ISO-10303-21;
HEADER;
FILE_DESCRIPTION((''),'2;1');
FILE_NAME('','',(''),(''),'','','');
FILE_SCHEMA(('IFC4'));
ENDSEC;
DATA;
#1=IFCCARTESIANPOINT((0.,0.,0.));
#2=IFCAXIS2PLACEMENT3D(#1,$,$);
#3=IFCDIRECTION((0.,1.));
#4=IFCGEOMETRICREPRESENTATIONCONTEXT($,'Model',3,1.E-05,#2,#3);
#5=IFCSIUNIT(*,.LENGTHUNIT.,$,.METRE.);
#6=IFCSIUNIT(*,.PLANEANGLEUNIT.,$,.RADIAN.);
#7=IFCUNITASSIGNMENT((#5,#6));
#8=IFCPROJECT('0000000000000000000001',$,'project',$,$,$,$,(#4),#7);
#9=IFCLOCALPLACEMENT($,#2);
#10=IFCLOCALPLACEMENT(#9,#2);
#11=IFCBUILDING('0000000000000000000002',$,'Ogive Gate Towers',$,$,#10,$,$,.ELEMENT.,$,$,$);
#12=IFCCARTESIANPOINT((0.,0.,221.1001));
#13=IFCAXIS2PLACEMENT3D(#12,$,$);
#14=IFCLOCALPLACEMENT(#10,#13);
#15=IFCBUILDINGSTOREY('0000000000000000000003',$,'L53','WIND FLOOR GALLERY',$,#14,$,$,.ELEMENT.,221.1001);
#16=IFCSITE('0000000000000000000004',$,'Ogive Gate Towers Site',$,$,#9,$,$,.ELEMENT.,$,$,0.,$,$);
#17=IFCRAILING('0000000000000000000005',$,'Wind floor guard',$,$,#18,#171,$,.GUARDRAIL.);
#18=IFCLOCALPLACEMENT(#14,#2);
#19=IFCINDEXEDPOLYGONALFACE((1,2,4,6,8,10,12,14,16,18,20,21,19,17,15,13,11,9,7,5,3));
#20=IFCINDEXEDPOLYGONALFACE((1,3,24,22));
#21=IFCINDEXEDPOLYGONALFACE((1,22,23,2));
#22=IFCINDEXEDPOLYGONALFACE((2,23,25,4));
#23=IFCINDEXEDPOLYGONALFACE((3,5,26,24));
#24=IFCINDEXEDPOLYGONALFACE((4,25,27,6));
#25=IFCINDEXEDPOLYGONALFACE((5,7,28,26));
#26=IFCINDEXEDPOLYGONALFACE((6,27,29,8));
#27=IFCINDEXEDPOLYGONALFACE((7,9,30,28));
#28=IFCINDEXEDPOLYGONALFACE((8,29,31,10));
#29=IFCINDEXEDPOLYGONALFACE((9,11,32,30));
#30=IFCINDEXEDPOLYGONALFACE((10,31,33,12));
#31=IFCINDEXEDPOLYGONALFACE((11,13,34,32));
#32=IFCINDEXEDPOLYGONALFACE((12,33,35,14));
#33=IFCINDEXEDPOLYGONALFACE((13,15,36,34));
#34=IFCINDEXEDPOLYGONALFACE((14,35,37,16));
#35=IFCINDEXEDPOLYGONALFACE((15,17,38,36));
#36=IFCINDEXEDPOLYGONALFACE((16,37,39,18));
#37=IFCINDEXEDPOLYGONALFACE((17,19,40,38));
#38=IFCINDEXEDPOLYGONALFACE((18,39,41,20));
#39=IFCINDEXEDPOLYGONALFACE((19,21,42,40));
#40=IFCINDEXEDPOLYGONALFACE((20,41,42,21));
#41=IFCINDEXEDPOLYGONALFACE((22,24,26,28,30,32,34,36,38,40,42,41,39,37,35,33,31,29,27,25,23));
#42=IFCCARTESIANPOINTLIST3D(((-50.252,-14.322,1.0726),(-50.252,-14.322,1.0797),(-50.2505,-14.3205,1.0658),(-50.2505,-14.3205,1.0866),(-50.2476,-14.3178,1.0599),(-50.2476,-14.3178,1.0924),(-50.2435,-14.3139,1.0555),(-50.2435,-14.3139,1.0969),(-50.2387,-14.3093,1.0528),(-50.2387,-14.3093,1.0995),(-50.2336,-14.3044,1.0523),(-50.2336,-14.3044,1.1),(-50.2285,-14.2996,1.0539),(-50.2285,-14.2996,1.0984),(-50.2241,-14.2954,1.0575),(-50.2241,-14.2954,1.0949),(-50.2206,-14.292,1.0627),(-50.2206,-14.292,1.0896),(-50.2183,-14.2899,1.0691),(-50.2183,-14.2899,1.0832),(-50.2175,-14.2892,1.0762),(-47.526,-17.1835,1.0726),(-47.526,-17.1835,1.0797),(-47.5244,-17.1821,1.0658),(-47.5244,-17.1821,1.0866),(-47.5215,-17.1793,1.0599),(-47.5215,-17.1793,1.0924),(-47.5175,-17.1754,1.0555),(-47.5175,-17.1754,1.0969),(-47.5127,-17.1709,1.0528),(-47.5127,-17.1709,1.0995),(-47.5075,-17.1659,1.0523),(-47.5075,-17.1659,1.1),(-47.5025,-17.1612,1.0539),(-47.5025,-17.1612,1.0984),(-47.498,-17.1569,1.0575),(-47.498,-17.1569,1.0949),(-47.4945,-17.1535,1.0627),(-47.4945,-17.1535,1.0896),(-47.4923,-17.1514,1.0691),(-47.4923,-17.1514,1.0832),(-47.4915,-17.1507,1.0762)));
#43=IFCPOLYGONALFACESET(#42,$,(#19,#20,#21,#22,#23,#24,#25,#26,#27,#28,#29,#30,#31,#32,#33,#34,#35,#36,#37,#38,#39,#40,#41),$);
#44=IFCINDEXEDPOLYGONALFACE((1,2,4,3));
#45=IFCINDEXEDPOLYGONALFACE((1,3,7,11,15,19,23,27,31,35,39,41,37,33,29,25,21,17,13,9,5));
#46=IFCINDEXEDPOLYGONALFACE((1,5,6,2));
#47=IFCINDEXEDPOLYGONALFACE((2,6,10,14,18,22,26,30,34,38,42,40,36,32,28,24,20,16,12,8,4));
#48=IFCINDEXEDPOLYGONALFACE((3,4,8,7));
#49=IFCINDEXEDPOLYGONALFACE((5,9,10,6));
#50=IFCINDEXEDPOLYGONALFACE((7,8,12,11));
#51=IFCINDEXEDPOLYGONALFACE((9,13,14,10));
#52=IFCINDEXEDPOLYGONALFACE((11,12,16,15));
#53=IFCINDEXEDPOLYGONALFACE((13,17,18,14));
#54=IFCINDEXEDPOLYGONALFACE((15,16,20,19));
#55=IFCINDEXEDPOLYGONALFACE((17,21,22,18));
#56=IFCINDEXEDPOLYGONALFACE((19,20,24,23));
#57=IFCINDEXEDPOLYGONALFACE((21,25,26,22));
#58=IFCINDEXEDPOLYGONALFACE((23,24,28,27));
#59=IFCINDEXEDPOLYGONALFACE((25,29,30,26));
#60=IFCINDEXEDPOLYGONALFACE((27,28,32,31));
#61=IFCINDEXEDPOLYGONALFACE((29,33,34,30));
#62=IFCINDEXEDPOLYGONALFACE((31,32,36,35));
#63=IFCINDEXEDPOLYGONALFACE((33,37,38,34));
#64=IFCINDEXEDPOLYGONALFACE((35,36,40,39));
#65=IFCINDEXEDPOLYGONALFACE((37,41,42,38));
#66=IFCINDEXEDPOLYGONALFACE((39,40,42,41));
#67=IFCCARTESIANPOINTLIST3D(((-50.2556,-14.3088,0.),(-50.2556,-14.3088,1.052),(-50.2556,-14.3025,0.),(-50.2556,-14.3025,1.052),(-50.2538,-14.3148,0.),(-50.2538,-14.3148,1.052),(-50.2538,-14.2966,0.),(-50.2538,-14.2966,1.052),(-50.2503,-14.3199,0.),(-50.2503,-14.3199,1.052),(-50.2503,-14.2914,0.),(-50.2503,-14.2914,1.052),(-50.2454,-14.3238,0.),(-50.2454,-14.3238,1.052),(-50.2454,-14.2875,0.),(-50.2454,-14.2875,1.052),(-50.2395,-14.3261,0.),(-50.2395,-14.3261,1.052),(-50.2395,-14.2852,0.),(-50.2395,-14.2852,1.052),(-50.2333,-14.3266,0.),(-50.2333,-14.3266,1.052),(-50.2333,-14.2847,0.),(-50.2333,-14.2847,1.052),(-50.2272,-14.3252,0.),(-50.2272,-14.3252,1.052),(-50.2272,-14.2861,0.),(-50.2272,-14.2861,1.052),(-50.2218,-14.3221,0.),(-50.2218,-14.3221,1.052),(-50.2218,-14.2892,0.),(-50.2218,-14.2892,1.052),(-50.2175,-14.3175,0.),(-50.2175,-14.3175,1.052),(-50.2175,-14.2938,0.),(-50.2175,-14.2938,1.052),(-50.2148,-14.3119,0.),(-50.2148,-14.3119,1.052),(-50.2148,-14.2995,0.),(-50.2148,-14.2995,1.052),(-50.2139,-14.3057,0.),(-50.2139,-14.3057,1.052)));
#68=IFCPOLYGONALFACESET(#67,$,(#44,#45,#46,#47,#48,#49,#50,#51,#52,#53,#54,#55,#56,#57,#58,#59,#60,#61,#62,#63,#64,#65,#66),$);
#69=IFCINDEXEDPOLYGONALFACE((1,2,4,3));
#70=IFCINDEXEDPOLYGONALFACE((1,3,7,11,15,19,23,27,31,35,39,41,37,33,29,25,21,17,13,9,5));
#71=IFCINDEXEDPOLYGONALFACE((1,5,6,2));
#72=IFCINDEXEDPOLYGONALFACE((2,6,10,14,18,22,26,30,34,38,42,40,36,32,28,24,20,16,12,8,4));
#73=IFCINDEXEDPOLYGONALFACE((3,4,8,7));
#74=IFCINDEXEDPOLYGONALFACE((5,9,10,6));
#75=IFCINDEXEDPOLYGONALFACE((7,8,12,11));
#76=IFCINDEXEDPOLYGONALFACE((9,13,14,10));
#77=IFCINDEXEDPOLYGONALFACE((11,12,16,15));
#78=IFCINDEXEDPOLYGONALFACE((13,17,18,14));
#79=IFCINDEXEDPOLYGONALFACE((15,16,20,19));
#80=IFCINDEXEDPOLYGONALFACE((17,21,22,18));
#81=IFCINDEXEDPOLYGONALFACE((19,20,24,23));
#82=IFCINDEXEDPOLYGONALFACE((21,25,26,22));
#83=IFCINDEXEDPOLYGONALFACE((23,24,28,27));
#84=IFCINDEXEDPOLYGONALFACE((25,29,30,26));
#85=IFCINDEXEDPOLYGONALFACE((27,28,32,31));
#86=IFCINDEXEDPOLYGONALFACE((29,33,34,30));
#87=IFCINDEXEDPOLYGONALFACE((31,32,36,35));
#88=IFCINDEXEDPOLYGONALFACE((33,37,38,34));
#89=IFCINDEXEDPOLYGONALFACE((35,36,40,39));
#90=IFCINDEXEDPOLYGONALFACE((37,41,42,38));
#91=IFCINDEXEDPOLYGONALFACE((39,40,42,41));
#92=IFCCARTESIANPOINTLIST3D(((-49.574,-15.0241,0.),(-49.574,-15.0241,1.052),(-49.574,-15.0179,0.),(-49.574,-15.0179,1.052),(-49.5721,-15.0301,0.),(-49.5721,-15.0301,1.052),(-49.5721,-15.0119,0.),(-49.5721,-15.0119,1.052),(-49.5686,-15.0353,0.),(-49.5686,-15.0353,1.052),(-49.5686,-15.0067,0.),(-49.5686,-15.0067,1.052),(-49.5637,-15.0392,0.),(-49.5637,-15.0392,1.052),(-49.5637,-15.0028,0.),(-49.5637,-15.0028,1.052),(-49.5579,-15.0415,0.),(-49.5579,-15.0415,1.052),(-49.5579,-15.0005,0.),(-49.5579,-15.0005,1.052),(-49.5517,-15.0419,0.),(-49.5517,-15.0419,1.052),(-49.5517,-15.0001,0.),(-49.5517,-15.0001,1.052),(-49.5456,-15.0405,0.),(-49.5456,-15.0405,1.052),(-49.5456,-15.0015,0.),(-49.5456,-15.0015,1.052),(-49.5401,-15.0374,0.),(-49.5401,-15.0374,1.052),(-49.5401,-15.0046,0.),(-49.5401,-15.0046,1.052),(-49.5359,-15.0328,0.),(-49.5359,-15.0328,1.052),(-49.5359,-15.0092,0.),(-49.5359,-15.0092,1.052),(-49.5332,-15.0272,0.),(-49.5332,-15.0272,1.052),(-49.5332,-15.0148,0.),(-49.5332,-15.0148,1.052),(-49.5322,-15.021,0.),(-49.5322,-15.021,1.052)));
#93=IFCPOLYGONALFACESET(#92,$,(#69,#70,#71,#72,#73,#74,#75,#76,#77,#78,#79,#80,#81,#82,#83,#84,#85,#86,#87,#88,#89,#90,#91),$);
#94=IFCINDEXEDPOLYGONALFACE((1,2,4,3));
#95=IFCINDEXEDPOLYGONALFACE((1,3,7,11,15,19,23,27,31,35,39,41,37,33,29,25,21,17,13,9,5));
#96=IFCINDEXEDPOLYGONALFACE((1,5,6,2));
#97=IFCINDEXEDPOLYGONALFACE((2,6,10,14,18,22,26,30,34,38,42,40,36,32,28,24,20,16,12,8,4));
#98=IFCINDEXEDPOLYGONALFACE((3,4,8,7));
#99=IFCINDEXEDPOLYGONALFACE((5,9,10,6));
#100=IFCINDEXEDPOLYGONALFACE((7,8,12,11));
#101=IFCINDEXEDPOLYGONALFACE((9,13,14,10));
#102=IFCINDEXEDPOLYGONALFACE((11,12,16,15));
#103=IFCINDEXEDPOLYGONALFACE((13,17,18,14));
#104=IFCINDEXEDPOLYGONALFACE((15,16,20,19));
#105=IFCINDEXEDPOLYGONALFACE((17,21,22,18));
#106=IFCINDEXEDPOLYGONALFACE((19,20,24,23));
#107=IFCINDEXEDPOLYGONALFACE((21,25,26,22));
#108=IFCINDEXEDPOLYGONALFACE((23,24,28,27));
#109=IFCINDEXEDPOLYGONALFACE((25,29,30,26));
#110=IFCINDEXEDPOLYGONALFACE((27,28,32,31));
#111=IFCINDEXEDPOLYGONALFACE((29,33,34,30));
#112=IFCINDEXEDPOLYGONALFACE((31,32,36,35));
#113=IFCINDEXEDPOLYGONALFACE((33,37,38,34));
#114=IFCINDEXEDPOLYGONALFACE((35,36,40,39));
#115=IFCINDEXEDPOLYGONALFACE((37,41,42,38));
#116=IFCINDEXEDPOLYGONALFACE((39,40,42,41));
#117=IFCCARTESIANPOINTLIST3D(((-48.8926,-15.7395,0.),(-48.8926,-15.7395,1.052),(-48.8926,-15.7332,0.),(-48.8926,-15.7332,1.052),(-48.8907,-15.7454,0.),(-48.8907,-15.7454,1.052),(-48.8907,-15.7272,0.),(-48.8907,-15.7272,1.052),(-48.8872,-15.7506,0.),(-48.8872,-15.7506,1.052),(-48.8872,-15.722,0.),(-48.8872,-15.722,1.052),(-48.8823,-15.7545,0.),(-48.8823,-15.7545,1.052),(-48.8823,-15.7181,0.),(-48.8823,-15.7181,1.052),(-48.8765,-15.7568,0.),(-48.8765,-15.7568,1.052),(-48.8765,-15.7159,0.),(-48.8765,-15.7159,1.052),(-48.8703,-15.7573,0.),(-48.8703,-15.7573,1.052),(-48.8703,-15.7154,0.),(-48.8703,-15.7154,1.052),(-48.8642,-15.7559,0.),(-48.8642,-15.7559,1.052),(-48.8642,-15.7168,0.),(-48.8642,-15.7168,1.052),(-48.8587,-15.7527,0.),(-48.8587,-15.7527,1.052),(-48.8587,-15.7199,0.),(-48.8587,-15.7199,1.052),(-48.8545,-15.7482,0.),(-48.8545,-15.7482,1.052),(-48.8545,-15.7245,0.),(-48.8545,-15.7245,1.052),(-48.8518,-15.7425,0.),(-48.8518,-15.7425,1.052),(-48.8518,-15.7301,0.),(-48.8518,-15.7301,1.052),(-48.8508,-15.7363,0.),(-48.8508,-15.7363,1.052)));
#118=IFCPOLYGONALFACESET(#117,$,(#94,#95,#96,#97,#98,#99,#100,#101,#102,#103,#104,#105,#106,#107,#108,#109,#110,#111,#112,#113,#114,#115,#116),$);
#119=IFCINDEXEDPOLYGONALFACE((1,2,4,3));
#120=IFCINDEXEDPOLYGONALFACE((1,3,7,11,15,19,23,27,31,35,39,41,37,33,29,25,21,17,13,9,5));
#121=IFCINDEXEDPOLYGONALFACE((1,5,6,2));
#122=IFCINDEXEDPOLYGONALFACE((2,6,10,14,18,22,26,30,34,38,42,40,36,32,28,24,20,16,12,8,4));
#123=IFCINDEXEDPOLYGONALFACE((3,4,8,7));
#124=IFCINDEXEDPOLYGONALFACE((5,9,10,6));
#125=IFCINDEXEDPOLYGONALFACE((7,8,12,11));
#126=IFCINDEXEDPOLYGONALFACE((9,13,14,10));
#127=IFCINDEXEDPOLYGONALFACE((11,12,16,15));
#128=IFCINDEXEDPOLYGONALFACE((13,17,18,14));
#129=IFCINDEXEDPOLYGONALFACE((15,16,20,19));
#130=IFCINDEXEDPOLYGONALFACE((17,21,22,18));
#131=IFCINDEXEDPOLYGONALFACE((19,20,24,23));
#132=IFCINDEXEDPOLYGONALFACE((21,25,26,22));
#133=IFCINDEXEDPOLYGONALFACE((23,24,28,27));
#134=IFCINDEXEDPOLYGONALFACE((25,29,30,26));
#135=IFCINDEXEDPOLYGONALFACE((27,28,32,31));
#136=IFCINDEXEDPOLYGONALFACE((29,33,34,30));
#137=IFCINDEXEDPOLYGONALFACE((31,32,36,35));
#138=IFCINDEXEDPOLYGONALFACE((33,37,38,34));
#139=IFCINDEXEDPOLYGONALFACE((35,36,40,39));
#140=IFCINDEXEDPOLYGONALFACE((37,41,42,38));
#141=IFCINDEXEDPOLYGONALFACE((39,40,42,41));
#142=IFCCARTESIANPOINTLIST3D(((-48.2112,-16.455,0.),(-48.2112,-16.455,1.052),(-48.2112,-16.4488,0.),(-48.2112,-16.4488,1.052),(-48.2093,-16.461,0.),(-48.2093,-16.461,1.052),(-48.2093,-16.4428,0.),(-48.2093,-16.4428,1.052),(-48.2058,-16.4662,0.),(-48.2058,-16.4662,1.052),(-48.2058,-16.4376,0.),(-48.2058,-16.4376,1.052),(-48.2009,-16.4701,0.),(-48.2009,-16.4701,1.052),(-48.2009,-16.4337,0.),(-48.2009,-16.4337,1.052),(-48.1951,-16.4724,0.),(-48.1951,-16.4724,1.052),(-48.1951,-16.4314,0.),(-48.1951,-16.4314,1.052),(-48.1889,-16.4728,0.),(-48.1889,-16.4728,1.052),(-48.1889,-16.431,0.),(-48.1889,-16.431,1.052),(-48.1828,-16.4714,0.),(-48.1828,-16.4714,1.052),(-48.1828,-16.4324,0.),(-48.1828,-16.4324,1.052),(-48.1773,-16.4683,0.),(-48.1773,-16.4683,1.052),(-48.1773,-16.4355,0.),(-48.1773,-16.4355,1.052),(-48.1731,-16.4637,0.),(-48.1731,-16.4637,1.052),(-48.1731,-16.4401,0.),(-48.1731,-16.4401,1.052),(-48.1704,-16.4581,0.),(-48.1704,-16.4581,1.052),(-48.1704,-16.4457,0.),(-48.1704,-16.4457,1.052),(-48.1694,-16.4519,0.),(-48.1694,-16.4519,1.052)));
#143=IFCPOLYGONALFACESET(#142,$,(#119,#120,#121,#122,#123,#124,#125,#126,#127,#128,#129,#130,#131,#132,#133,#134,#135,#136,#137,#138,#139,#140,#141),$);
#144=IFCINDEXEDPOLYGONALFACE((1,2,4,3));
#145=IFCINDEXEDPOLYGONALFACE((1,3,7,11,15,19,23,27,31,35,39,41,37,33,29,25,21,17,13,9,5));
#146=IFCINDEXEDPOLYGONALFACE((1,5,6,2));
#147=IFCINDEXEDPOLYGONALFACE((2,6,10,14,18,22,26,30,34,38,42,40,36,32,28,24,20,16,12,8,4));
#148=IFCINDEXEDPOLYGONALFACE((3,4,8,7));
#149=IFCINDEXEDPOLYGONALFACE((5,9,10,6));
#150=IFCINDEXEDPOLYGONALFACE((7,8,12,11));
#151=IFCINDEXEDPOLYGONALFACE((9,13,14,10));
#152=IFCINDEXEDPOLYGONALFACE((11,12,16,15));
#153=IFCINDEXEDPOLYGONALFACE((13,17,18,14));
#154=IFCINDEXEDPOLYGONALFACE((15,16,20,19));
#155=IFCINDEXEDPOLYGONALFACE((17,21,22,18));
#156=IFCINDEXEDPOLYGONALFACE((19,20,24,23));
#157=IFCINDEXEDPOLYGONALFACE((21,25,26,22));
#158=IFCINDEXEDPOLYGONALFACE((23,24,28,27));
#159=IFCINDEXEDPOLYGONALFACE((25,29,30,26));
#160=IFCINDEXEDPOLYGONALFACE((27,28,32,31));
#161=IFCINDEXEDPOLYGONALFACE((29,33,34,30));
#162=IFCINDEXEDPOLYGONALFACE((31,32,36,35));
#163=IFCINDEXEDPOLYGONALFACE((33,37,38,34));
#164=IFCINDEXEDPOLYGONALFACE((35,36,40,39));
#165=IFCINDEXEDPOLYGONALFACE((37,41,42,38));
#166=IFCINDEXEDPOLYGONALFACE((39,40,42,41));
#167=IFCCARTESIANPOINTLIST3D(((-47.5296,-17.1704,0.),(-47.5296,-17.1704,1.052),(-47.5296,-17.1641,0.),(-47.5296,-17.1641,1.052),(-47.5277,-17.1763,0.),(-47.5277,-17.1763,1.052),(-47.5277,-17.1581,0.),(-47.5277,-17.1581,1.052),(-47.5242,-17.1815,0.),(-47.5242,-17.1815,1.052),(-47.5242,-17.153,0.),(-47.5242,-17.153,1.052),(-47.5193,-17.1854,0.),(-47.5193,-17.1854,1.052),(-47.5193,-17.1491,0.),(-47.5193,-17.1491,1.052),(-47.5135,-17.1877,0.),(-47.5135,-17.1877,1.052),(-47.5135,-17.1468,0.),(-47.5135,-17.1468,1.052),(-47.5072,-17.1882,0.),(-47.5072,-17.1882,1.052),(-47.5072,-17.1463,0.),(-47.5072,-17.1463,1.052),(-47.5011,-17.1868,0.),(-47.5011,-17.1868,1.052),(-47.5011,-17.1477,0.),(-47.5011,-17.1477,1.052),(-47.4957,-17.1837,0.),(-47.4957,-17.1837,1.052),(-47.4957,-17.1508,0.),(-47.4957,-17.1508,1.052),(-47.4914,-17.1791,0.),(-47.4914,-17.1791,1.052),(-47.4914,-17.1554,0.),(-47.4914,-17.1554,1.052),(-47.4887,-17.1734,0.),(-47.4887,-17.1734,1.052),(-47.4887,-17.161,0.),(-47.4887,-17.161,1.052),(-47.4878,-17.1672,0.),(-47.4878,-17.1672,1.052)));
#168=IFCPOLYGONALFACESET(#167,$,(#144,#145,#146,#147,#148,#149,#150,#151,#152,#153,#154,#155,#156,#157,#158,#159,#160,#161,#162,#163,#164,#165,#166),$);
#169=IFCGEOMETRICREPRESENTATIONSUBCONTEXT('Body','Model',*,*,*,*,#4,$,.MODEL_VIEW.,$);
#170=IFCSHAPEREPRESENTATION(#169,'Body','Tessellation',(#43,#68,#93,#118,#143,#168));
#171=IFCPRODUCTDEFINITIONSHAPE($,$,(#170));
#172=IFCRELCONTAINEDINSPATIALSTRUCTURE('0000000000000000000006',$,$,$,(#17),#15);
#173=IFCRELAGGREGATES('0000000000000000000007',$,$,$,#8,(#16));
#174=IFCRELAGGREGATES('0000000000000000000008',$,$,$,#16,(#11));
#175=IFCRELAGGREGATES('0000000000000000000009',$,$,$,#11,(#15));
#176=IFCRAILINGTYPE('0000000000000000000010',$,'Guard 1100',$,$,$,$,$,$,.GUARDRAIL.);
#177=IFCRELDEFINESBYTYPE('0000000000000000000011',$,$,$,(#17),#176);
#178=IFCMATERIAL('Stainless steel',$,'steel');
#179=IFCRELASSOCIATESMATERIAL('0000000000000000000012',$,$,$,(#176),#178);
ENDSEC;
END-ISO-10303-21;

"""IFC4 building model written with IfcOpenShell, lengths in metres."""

from ifc_helpers import new_model, si_unit, direction, frame, origin, origin_2d, place, context, subcontext, project, spatial, circle, extrude, material, type_object, element, save


model = new_model("IFC4")

# Units and contexts
model_context = context("Model", 3, precision=1e-05, world=origin(), true_north=direction((0.0, 1.0)))
body_context = subcontext(model_context, "Body", "Model", "MODEL_VIEW")
ifc_project = project(units=[si_unit("LENGTHUNIT", "METRE"), si_unit("PLANEANGLEUNIT", "RADIAN")], contexts=[model_context])

# Site, building, storey
site_placement = place(None, origin())
site = spatial("IfcSite", under=ifc_project, at=site_placement, Name="Ogive Gate Towers Site", CompositionType="ELEMENT", RefElevation=0.0)
building_placement = place(site_placement, origin())
building = spatial("IfcBuilding", under=site, at=building_placement, Name="Ogive Gate Towers", CompositionType="ELEMENT")
storey_placement = place(building_placement, frame((0.0, 0.0, 221.1001)))
storey = spatial("IfcBuildingStorey", under=building, at=storey_placement, Name="L53", Description="WIND FLOOR GALLERY", CompositionType="ELEMENT", Elevation=221.1001)

# Railing
ifc_material_1 = material(Name="Stainless steel", Category="steel")
railing_type = type_object("IfcRailingType", Name="Guard 1100", PredefinedType="GUARDRAIL", material=ifc_material_1)
railing_1_placement = place(storey_placement, frame((-50.2349, -14.3057, 0.0)))
element("IfcRailing", 1, at=railing_1_placement, inside=storey, type_object=railing_type, Name="Wind floor guard", PredefinedType="GUARDRAIL", context=body_context, shape_type="SweptSolid", body=[
    extrude(circle(Radius=0.0239, at=origin_2d()), frame((0.0, 0.0, 1.0762), z_axis=(0.689757, -0.724041, 0.0), x_axis=(0.724041, 0.689757, 0.0)), (0.0, 0.0, 1.0), 3.9521),
    extrude(circle(Radius=0.021, at=origin_2d()), origin(), (0.0, 0.0, 1.0), 1.052),
    extrude(circle(Radius=0.021, at=origin_2d()), frame((0.6816, -0.7153, 0.0)), (0.0, 0.0, 1.0), 1.052),
    extrude(circle(Radius=0.021, at=origin_2d()), frame((1.363, -1.4307, 0.0)), (0.0, 0.0, 1.0), 1.052),
    extrude(circle(Radius=0.021, at=origin_2d()), frame((2.0444, -2.1462, 0.0)), (0.0, 0.0, 1.0), 1.052),
    extrude(circle(Radius=0.021, at=origin_2d()), frame((2.7261, -2.8616, 0.0)), (0.0, 0.0, 1.0), 1.052),
])

save(model, "model.ifc")
